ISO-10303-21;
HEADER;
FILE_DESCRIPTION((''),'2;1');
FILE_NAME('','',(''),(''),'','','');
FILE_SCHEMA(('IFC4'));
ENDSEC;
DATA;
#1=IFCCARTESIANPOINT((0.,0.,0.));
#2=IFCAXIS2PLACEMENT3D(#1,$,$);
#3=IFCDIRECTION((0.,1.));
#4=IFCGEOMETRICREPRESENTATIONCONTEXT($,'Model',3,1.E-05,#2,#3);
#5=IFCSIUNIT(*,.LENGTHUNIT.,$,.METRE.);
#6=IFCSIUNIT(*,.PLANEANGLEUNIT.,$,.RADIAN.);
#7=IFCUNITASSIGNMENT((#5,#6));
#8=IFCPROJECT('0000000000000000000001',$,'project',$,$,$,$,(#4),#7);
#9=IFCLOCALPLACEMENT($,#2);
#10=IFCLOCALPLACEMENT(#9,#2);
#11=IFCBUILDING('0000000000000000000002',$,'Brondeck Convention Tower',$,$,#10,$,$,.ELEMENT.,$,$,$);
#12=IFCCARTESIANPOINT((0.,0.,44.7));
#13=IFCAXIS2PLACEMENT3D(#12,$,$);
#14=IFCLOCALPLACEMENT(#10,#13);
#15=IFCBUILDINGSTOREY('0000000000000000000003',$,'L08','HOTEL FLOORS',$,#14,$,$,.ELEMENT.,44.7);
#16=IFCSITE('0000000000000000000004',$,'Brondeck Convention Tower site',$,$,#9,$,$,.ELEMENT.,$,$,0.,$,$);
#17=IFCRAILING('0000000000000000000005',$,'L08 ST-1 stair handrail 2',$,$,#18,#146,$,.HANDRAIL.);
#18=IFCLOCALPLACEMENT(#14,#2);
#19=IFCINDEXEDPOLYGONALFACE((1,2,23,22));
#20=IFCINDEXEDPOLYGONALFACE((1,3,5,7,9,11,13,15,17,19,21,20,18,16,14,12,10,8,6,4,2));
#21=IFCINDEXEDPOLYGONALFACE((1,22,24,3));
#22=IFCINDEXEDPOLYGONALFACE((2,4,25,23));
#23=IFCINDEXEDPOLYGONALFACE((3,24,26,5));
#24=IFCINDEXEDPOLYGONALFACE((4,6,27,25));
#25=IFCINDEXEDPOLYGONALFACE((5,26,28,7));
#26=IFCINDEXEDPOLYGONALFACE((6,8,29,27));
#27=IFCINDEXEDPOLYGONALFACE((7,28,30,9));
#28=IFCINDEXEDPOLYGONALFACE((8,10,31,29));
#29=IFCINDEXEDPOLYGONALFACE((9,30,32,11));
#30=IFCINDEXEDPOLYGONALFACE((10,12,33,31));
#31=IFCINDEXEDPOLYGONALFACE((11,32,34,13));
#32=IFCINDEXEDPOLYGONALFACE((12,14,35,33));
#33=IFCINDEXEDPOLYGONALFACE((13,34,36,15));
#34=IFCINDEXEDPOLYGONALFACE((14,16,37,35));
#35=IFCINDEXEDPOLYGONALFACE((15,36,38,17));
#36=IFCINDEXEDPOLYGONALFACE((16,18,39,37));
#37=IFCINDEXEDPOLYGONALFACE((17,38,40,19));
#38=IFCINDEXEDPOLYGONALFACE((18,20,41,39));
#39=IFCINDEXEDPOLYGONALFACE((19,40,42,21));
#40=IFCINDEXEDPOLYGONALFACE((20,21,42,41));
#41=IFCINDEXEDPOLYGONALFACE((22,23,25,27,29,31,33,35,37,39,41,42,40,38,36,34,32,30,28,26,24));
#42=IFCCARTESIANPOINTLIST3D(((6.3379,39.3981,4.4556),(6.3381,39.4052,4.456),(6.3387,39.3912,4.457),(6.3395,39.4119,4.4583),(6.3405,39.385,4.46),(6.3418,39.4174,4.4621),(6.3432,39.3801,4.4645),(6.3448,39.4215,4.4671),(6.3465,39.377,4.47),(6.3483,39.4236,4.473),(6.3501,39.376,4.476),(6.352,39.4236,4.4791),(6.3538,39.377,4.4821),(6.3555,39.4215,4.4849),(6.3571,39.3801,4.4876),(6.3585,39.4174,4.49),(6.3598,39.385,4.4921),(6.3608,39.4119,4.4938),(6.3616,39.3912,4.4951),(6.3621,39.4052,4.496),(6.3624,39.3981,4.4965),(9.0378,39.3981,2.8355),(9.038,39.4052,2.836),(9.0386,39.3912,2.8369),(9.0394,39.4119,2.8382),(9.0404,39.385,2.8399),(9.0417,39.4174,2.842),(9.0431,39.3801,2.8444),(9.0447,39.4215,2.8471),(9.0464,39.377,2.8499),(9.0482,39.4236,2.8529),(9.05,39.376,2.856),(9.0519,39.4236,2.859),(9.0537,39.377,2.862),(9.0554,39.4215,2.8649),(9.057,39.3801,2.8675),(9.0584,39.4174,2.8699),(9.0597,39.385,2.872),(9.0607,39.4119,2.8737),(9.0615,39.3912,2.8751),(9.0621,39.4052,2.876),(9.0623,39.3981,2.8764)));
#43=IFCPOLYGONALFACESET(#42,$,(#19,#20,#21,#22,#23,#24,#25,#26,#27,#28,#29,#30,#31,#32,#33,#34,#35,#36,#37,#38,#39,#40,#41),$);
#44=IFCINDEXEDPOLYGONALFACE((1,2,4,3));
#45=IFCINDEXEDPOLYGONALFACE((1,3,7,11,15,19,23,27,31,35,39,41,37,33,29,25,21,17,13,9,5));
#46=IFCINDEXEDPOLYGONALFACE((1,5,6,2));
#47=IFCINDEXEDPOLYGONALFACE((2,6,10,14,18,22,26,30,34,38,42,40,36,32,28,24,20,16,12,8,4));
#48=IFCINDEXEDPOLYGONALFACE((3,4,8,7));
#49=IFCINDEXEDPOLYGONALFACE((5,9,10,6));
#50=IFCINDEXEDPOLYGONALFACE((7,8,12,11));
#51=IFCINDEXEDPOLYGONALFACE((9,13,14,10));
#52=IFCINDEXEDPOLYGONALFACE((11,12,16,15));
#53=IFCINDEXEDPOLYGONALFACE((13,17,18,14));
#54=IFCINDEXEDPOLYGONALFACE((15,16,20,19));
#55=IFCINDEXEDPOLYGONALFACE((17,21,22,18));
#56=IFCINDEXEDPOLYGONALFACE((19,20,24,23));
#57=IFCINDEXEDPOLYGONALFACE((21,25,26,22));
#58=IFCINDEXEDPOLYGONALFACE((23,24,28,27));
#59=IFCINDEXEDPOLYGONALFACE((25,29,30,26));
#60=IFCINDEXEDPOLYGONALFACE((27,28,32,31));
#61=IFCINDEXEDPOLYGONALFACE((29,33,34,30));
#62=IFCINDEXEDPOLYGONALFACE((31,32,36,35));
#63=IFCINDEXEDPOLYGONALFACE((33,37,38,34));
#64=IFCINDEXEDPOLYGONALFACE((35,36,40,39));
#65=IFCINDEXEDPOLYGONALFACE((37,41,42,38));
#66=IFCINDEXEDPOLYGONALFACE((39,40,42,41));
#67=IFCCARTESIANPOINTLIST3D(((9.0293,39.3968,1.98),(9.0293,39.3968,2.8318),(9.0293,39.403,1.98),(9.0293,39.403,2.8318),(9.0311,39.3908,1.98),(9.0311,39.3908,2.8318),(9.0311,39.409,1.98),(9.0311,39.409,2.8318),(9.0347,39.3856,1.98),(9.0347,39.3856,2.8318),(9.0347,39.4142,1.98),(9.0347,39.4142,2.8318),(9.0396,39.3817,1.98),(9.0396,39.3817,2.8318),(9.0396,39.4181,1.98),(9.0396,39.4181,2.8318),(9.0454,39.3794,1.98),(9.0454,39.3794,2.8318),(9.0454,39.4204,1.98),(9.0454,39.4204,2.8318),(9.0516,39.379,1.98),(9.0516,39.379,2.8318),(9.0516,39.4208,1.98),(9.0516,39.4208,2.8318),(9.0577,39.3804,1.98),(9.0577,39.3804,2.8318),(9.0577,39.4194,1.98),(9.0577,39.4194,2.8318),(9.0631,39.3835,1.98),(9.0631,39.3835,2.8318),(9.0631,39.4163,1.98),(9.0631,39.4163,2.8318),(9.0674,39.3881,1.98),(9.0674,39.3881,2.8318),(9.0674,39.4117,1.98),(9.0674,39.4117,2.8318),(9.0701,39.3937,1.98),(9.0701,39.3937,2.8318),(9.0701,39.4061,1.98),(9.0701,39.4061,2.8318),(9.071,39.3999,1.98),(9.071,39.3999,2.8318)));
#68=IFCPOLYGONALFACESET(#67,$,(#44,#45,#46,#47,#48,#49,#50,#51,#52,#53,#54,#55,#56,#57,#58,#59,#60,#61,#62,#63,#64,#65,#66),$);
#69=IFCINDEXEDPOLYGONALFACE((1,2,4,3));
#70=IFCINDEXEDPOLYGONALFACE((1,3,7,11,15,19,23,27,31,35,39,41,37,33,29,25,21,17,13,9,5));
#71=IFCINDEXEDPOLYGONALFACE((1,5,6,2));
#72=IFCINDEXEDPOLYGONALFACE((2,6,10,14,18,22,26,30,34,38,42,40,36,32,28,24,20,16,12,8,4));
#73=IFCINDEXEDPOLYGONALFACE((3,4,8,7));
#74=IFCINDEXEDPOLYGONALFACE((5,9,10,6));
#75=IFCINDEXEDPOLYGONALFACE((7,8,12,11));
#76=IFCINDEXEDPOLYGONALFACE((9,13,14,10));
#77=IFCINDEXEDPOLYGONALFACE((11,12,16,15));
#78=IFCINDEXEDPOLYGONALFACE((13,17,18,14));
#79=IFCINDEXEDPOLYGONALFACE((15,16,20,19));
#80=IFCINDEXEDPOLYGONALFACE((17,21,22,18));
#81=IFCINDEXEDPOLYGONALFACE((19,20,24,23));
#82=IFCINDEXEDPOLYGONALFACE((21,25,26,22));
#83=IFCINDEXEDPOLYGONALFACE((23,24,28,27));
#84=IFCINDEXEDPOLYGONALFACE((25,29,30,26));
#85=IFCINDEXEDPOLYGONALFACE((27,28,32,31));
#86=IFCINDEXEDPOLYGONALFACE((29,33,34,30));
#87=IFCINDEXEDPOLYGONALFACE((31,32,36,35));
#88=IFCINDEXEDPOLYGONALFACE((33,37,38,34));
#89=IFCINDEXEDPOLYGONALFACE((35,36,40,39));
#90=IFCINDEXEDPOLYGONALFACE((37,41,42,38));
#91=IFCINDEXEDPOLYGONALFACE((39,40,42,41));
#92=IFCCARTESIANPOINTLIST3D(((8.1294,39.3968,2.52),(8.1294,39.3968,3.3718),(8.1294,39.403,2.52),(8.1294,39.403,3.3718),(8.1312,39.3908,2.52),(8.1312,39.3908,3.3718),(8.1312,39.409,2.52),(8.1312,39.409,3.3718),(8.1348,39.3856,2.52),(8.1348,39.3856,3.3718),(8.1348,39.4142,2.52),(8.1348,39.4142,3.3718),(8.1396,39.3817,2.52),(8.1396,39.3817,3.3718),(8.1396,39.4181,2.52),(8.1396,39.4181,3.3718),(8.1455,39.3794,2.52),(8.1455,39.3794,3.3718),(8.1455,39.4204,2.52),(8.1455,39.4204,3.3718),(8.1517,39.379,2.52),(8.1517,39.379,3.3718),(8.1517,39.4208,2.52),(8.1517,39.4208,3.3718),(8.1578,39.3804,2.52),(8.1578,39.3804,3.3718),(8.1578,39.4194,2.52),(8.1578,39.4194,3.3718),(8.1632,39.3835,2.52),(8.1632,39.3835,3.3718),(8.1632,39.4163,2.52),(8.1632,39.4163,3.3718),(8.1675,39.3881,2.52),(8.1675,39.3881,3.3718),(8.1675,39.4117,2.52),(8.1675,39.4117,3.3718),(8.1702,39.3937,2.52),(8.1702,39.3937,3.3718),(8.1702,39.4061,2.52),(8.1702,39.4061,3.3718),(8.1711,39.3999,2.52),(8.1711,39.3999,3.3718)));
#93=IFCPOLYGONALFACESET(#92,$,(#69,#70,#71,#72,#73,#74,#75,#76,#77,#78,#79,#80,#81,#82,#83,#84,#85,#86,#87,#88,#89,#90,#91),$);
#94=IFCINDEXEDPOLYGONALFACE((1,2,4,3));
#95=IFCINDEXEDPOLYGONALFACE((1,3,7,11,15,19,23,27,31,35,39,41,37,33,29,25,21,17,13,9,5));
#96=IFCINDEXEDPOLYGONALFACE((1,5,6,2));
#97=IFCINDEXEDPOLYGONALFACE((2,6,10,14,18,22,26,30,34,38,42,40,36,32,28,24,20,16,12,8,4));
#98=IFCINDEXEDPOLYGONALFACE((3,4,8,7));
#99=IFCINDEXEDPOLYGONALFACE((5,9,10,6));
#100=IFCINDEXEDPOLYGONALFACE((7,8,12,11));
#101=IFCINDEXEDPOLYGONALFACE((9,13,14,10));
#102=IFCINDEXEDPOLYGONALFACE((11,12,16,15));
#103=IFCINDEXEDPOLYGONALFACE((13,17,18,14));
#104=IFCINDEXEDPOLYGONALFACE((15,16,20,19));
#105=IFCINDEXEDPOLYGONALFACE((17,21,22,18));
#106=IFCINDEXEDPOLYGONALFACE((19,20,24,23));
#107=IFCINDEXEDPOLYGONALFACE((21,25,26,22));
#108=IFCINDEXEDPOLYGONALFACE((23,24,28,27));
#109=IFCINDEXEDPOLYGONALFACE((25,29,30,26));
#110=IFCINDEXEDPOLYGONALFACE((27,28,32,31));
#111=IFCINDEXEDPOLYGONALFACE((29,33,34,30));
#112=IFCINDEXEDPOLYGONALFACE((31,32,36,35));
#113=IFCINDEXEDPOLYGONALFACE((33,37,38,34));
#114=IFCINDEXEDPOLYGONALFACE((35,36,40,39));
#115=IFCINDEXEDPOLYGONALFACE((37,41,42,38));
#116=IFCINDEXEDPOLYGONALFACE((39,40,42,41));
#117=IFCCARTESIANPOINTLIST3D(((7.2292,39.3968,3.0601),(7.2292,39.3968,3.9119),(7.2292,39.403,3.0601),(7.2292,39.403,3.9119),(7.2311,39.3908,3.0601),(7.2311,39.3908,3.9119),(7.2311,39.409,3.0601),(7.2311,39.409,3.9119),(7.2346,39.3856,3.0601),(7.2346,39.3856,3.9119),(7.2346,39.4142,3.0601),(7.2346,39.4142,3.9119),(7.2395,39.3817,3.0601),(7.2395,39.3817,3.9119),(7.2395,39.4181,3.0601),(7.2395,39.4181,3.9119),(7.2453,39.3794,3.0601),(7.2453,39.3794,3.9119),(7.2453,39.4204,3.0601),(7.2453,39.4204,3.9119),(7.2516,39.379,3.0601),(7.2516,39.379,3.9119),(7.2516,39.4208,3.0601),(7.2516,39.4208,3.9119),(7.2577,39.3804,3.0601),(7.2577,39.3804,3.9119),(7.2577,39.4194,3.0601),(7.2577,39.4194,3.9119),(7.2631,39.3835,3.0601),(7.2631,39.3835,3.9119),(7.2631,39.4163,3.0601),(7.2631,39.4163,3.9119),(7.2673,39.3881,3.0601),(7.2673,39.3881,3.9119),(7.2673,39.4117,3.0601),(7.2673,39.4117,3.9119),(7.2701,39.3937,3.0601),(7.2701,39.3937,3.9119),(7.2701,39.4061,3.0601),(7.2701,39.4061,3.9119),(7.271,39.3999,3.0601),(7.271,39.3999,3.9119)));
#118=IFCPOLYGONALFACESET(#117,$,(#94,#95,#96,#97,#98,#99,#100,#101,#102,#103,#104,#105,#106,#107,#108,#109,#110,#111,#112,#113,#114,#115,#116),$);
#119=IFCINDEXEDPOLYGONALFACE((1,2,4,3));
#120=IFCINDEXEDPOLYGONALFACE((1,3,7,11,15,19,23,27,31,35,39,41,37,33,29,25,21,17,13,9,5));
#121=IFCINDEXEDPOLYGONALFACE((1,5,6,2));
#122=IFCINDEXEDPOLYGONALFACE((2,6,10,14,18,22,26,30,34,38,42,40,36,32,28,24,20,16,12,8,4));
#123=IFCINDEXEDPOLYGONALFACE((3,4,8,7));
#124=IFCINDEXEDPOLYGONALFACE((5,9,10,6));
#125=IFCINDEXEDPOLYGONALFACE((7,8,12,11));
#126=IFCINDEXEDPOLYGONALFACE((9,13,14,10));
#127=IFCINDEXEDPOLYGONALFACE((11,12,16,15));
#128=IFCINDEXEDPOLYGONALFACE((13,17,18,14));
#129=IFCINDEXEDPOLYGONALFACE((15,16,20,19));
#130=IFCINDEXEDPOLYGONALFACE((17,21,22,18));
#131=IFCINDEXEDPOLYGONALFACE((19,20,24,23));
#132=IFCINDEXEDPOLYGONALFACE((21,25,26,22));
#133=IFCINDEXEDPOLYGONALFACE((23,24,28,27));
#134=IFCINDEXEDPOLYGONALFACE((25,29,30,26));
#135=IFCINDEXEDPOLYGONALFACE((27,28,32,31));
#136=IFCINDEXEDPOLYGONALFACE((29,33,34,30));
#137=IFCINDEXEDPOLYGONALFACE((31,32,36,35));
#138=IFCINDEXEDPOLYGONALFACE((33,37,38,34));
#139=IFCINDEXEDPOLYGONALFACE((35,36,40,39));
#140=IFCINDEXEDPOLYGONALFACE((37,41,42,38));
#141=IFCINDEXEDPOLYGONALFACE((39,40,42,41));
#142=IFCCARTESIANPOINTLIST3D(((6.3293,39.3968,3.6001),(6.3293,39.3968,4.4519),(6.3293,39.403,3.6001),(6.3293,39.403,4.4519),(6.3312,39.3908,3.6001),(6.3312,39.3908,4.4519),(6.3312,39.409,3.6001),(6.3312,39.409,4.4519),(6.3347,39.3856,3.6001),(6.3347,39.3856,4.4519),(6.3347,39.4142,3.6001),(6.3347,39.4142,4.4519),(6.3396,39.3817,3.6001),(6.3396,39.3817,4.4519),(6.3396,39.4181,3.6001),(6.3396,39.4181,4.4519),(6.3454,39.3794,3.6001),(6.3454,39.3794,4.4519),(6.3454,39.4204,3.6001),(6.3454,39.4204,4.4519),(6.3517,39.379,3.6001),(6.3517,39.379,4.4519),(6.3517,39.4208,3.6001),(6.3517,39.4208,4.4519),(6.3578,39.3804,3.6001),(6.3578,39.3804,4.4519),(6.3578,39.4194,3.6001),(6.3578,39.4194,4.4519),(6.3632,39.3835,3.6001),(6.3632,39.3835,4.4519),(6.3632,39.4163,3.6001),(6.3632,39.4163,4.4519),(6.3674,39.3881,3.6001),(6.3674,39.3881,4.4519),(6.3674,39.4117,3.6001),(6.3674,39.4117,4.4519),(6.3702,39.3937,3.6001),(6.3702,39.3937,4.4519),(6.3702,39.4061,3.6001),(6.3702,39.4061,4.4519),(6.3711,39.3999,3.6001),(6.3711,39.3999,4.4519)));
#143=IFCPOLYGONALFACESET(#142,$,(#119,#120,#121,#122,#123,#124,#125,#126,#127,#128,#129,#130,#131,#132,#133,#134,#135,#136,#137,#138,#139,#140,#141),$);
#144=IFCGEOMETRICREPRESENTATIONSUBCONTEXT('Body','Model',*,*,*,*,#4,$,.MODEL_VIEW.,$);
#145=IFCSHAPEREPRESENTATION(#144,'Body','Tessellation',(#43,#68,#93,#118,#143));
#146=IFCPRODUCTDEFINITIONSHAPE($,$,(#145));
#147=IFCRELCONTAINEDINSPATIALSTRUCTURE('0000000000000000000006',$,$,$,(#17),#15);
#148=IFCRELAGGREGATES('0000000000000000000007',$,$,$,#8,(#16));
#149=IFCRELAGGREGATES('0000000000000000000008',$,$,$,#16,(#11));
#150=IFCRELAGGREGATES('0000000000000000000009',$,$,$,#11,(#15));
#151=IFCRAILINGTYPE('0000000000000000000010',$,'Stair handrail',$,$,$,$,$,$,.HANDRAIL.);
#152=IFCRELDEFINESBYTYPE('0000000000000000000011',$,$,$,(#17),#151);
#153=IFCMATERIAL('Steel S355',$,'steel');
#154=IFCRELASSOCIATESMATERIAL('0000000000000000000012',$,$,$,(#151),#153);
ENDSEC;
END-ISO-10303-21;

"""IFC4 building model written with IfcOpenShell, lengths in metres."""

from ifc_helpers import new_model, si_unit, direction, frame, origin, origin_2d, place, context, subcontext, project, spatial, circle, extrude, material, type_object, element, save


model = new_model("IFC4")

# Units and contexts
model_context = context("Model", 3, precision=1e-05, world=origin(), true_north=direction((0.0, 1.0)))
body_context = subcontext(model_context, "Body", "Model", "MODEL_VIEW")
ifc_project = project(units=[si_unit("LENGTHUNIT", "METRE"), si_unit("PLANEANGLEUNIT", "RADIAN")], contexts=[model_context])

# Site, building, storey
site_placement = place(None, origin())
site = spatial("IfcSite", under=ifc_project, at=site_placement, Name="Brondeck Convention Tower site", CompositionType="ELEMENT", RefElevation=0.0)
building_placement = place(site_placement, origin())
building = spatial("IfcBuilding", under=site, at=building_placement, Name="Brondeck Convention Tower", CompositionType="ELEMENT")
storey_placement = place(building_placement, frame((0.0, 0.0, 44.7)))
storey = spatial("IfcBuildingStorey", under=building, at=storey_placement, Name="L08", Description="HOTEL FLOORS", CompositionType="ELEMENT", Elevation=44.7)

# Shared definitions
ifc_material_1 = material(Name="Steel S355", Category="steel")

# Railing
railing_type = type_object("IfcRailingType", Name="Stair handrail", PredefinedType="HANDRAIL", material=ifc_material_1)
railing_placement = place(storey_placement, frame((9.05, 39.3999, 1.98)))
element("IfcRailing", 1, at=railing_placement, inside=storey, type_object=railing_type, Name="L08 ST-1 stair handrail 2", PredefinedType="HANDRAIL", context=body_context, shape_type="SweptSolid", body=[
    extrude(circle(Radius=0.0239, at=origin_2d()), frame((0.0, 0.0, 0.876), z_axis=(-0.857472, 0.0, 0.51453), x_axis=(0.0, -1.0, 0.0)), (0.0, 0.0, 1.0), 3.1487),
    extrude(circle(Radius=0.021, at=origin_2d()), origin(), (0.0, 0.0, 1.0), 0.8518),
    extrude(circle(Radius=0.021, at=origin_2d()), frame((-0.8999, 0.0, 0.54)), (0.0, 0.0, 1.0), 0.8518),
    extrude(circle(Radius=0.021, at=origin_2d()), frame((-1.8, 0.0, 1.0801)), (0.0, 0.0, 1.0), 0.8518),
    extrude(circle(Radius=0.021, at=origin_2d()), frame((-2.7, 0.0, 1.6201)), (0.0, 0.0, 1.0), 0.8518),
])

save(model, "model.ifc")
